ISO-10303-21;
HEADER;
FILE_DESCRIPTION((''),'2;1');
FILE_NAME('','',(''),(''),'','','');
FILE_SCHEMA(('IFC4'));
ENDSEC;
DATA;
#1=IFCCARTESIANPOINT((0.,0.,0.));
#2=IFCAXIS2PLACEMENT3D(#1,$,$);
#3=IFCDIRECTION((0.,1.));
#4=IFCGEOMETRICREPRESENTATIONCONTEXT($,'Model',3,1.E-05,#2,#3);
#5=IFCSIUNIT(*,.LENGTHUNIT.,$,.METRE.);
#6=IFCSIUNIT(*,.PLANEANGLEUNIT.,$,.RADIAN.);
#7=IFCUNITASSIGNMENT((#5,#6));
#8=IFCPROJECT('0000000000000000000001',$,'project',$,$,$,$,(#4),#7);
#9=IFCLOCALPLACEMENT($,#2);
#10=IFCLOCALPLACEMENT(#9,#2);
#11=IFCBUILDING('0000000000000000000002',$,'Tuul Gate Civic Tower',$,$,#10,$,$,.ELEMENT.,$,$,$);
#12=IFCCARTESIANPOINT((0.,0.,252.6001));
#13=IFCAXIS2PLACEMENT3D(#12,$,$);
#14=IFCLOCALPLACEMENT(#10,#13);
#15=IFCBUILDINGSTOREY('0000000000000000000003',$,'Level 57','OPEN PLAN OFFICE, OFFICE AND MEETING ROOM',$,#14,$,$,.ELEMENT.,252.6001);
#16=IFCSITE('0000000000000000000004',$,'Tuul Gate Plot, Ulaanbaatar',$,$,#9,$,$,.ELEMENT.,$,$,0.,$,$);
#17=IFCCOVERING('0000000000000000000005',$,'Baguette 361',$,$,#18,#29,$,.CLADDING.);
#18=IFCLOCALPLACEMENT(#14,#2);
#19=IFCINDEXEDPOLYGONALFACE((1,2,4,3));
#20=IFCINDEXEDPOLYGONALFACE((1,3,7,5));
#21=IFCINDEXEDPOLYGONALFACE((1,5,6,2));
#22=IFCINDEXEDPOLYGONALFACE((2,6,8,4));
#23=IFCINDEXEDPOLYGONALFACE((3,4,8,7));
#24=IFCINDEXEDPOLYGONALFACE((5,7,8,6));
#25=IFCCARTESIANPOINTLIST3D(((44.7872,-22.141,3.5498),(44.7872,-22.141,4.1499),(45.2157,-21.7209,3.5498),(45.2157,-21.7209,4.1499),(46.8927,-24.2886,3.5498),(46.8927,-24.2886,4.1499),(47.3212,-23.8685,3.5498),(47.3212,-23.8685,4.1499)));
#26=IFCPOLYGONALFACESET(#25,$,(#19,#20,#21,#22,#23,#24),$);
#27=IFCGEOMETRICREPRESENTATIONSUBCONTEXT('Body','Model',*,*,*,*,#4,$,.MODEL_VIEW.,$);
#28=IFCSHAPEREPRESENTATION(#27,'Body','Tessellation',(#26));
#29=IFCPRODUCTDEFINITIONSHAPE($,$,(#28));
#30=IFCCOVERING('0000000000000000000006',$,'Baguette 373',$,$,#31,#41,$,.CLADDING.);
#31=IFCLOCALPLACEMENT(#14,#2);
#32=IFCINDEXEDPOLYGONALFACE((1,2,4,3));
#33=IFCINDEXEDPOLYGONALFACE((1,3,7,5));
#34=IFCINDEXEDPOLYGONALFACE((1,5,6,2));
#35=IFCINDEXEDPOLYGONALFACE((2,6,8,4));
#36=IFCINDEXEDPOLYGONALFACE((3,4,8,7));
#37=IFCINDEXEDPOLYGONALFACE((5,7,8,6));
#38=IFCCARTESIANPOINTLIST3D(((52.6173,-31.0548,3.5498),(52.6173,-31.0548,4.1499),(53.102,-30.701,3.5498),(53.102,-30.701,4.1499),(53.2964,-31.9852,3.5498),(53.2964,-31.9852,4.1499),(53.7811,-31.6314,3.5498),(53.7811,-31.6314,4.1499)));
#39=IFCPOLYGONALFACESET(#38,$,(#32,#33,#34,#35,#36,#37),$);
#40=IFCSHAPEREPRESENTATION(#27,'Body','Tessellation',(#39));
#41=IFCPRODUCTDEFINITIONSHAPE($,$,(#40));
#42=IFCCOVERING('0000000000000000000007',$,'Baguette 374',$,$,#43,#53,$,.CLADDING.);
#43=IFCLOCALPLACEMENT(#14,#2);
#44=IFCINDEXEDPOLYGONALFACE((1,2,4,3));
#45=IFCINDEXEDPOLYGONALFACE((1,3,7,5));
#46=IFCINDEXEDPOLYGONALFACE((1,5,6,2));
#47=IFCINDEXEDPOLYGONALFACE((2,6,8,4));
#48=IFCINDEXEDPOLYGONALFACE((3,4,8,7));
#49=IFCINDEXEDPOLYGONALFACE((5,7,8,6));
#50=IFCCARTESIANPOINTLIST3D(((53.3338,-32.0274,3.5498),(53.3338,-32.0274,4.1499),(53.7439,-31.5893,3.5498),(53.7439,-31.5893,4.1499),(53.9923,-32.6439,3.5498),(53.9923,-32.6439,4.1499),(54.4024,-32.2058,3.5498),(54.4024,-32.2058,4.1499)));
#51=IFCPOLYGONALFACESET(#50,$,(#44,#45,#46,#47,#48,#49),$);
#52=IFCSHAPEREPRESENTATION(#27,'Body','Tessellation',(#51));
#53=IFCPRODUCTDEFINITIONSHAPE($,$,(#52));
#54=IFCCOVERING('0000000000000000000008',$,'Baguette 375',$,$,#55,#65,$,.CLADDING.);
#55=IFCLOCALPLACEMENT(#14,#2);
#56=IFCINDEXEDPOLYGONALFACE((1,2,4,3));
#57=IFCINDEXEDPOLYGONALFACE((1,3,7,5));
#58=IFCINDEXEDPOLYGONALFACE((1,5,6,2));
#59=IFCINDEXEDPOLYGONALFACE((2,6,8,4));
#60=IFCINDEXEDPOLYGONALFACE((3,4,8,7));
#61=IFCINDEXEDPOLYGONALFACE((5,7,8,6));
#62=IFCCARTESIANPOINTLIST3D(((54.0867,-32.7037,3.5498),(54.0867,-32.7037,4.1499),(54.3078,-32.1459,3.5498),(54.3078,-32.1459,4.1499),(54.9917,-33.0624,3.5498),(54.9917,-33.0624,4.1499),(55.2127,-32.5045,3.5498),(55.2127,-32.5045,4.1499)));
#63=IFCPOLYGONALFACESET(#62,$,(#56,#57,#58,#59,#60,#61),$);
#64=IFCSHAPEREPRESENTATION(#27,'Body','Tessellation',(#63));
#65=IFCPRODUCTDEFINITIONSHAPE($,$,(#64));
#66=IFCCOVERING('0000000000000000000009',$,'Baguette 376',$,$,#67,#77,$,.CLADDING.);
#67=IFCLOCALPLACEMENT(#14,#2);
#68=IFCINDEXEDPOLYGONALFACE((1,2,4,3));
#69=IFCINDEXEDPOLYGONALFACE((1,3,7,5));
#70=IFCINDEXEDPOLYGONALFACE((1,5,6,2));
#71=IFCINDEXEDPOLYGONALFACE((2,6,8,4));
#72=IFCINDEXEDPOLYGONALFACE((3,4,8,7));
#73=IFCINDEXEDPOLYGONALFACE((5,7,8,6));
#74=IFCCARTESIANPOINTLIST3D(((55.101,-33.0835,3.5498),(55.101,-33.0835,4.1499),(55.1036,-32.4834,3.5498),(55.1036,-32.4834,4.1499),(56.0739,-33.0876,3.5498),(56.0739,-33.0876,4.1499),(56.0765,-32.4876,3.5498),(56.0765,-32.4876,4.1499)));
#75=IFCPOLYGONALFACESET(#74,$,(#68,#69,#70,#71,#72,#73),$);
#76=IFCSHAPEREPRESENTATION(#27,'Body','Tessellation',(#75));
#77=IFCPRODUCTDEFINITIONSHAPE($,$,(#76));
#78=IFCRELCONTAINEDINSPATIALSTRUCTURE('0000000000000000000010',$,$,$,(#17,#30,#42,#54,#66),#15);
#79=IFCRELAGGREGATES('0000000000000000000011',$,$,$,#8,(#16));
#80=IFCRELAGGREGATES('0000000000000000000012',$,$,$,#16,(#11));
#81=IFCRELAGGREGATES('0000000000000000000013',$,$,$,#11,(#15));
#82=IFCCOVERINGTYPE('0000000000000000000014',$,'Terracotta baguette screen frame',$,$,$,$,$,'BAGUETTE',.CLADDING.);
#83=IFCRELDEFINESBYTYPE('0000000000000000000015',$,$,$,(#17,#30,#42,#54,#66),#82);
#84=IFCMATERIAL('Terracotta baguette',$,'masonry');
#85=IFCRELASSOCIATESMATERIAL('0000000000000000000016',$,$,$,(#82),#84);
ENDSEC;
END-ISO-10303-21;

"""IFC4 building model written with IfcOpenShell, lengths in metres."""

from ifc_helpers import new_model, si_unit, direction, frame, origin, origin_2d, place, context, subcontext, project, spatial, rectangle, extrude, material, material_profile, profile_set, type_object, element, save


model = new_model("IFC4")

# Units and contexts
model_context = context("Model", 3, precision=1e-05, world=origin(), true_north=direction((0.0, 1.0)))
body_context = subcontext(model_context, "Body", "Model", "MODEL_VIEW")
ifc_project = project(units=[si_unit("LENGTHUNIT", "METRE"), si_unit("PLANEANGLEUNIT", "RADIAN")], contexts=[model_context])

# Site, building, storey
site_placement = place(None, origin())
site = spatial("IfcSite", under=ifc_project, at=site_placement, Name="Tuul Gate Plot, Ulaanbaatar", CompositionType="ELEMENT", RefElevation=0.0)
building_placement = place(site_placement, origin())
building = spatial("IfcBuilding", under=site, at=building_placement, Name="Tuul Gate Civic Tower", CompositionType="ELEMENT")
storey_placement = place(building_placement, frame((0.0, 0.0, 252.6001)))
storey = spatial("IfcBuildingStorey", under=building, at=storey_placement, Name="Level 57", Description="OPEN PLAN OFFICE, OFFICE AND MEETING ROOM", CompositionType="ELEMENT", Elevation=252.6001)

# Coverings
ifc_material_1 = material(Name="Terracotta baguette", Category="masonry")
ifc_material_profile_1 = material_profile(ifc_material_1, rectangle(XDim=0.6001, YDim=0.6001, at=origin_2d()), Name="Terracotta baguette screen frame")
ifc_profile_set_1 = profile_set([ifc_material_profile_1], Name="Terracotta baguette")
covering_type = type_object("IfcCoveringType", Name="Terracotta baguette screen frame", ElementType="BAGUETTE", PredefinedType="CLADDING", material=ifc_profile_set_1)
covering_1_placement = place(storey_placement, frame((45.0015, -21.9309, 3.8499), z_axis=(0.70005, -0.714094, 0.0), x_axis=(0.714094, 0.70005, 0.0)))
element("IfcCovering", 1, at=covering_1_placement, inside=storey, type_object=covering_type, Name="Baguette 361", PredefinedType="CLADDING", context=body_context, shape_type="SweptSolid", body=[
    extrude(rectangle(XDim=0.6001, YDim=0.6001, at=origin_2d()), origin(), (0.0, 0.0, 1.0), 3.0076),
])
covering_2_placement = place(storey_placement, frame((52.8596, -30.8779, 3.8499), z_axis=(0.589607, -0.80769, 0.0), x_axis=(0.80769, 0.589607, 0.0)))
element("IfcCovering", 2, at=covering_2_placement, inside=storey, type_object=covering_type, Name="Baguette 373", PredefinedType="CLADDING", context=body_context, shape_type="SweptSolid", body=[
    extrude(rectangle(XDim=0.6001, YDim=0.6001, at=origin_2d()), origin(), (0.0, 0.0, 1.0), 1.1519),
])
covering_3_placement = place(storey_placement, frame((53.5388, -31.8083, 3.8499), z_axis=(0.730001, -0.683446, 0.0), x_axis=(0.683446, 0.730001, 0.0)))
element("IfcCovering", 3, at=covering_3_placement, inside=storey, type_object=covering_type, Name="Baguette 374", PredefinedType="CLADDING", context=body_context, shape_type="SweptSolid", body=[
    extrude(rectangle(XDim=0.6001, YDim=0.6001, at=origin_2d()), origin(), (0.0, 0.0, 1.0), 0.9021),
])
covering_4_placement = place(storey_placement, frame((54.1973, -32.4248, 3.8499), z_axis=(0.929665, -0.368405, 0.0), x_axis=(0.368405, 0.929665, 0.0)))
element("IfcCovering", 4, at=covering_4_placement, inside=storey, type_object=covering_type, Name="Baguette 375", PredefinedType="CLADDING", context=body_context, shape_type="SweptSolid", body=[
    extrude(rectangle(XDim=0.6001, YDim=0.6001, at=origin_2d()), origin(), (0.0, 0.0, 1.0), 0.9734),
])
covering_5_placement = place(storey_placement, frame((55.1023, -32.7834, 3.8499), z_axis=(0.999991, -0.004266, 0.0), x_axis=(0.004266, 0.999991, 0.0)))
element("IfcCovering", 5, at=covering_5_placement, inside=storey, type_object=covering_type, Name="Baguette 376", PredefinedType="CLADDING", context=body_context, shape_type="SweptSolid", body=[
    extrude(rectangle(XDim=0.6001, YDim=0.6001, at=origin_2d()), origin(), (0.0, 0.0, 1.0), 0.9729),
])

save(model, "model.ifc")
